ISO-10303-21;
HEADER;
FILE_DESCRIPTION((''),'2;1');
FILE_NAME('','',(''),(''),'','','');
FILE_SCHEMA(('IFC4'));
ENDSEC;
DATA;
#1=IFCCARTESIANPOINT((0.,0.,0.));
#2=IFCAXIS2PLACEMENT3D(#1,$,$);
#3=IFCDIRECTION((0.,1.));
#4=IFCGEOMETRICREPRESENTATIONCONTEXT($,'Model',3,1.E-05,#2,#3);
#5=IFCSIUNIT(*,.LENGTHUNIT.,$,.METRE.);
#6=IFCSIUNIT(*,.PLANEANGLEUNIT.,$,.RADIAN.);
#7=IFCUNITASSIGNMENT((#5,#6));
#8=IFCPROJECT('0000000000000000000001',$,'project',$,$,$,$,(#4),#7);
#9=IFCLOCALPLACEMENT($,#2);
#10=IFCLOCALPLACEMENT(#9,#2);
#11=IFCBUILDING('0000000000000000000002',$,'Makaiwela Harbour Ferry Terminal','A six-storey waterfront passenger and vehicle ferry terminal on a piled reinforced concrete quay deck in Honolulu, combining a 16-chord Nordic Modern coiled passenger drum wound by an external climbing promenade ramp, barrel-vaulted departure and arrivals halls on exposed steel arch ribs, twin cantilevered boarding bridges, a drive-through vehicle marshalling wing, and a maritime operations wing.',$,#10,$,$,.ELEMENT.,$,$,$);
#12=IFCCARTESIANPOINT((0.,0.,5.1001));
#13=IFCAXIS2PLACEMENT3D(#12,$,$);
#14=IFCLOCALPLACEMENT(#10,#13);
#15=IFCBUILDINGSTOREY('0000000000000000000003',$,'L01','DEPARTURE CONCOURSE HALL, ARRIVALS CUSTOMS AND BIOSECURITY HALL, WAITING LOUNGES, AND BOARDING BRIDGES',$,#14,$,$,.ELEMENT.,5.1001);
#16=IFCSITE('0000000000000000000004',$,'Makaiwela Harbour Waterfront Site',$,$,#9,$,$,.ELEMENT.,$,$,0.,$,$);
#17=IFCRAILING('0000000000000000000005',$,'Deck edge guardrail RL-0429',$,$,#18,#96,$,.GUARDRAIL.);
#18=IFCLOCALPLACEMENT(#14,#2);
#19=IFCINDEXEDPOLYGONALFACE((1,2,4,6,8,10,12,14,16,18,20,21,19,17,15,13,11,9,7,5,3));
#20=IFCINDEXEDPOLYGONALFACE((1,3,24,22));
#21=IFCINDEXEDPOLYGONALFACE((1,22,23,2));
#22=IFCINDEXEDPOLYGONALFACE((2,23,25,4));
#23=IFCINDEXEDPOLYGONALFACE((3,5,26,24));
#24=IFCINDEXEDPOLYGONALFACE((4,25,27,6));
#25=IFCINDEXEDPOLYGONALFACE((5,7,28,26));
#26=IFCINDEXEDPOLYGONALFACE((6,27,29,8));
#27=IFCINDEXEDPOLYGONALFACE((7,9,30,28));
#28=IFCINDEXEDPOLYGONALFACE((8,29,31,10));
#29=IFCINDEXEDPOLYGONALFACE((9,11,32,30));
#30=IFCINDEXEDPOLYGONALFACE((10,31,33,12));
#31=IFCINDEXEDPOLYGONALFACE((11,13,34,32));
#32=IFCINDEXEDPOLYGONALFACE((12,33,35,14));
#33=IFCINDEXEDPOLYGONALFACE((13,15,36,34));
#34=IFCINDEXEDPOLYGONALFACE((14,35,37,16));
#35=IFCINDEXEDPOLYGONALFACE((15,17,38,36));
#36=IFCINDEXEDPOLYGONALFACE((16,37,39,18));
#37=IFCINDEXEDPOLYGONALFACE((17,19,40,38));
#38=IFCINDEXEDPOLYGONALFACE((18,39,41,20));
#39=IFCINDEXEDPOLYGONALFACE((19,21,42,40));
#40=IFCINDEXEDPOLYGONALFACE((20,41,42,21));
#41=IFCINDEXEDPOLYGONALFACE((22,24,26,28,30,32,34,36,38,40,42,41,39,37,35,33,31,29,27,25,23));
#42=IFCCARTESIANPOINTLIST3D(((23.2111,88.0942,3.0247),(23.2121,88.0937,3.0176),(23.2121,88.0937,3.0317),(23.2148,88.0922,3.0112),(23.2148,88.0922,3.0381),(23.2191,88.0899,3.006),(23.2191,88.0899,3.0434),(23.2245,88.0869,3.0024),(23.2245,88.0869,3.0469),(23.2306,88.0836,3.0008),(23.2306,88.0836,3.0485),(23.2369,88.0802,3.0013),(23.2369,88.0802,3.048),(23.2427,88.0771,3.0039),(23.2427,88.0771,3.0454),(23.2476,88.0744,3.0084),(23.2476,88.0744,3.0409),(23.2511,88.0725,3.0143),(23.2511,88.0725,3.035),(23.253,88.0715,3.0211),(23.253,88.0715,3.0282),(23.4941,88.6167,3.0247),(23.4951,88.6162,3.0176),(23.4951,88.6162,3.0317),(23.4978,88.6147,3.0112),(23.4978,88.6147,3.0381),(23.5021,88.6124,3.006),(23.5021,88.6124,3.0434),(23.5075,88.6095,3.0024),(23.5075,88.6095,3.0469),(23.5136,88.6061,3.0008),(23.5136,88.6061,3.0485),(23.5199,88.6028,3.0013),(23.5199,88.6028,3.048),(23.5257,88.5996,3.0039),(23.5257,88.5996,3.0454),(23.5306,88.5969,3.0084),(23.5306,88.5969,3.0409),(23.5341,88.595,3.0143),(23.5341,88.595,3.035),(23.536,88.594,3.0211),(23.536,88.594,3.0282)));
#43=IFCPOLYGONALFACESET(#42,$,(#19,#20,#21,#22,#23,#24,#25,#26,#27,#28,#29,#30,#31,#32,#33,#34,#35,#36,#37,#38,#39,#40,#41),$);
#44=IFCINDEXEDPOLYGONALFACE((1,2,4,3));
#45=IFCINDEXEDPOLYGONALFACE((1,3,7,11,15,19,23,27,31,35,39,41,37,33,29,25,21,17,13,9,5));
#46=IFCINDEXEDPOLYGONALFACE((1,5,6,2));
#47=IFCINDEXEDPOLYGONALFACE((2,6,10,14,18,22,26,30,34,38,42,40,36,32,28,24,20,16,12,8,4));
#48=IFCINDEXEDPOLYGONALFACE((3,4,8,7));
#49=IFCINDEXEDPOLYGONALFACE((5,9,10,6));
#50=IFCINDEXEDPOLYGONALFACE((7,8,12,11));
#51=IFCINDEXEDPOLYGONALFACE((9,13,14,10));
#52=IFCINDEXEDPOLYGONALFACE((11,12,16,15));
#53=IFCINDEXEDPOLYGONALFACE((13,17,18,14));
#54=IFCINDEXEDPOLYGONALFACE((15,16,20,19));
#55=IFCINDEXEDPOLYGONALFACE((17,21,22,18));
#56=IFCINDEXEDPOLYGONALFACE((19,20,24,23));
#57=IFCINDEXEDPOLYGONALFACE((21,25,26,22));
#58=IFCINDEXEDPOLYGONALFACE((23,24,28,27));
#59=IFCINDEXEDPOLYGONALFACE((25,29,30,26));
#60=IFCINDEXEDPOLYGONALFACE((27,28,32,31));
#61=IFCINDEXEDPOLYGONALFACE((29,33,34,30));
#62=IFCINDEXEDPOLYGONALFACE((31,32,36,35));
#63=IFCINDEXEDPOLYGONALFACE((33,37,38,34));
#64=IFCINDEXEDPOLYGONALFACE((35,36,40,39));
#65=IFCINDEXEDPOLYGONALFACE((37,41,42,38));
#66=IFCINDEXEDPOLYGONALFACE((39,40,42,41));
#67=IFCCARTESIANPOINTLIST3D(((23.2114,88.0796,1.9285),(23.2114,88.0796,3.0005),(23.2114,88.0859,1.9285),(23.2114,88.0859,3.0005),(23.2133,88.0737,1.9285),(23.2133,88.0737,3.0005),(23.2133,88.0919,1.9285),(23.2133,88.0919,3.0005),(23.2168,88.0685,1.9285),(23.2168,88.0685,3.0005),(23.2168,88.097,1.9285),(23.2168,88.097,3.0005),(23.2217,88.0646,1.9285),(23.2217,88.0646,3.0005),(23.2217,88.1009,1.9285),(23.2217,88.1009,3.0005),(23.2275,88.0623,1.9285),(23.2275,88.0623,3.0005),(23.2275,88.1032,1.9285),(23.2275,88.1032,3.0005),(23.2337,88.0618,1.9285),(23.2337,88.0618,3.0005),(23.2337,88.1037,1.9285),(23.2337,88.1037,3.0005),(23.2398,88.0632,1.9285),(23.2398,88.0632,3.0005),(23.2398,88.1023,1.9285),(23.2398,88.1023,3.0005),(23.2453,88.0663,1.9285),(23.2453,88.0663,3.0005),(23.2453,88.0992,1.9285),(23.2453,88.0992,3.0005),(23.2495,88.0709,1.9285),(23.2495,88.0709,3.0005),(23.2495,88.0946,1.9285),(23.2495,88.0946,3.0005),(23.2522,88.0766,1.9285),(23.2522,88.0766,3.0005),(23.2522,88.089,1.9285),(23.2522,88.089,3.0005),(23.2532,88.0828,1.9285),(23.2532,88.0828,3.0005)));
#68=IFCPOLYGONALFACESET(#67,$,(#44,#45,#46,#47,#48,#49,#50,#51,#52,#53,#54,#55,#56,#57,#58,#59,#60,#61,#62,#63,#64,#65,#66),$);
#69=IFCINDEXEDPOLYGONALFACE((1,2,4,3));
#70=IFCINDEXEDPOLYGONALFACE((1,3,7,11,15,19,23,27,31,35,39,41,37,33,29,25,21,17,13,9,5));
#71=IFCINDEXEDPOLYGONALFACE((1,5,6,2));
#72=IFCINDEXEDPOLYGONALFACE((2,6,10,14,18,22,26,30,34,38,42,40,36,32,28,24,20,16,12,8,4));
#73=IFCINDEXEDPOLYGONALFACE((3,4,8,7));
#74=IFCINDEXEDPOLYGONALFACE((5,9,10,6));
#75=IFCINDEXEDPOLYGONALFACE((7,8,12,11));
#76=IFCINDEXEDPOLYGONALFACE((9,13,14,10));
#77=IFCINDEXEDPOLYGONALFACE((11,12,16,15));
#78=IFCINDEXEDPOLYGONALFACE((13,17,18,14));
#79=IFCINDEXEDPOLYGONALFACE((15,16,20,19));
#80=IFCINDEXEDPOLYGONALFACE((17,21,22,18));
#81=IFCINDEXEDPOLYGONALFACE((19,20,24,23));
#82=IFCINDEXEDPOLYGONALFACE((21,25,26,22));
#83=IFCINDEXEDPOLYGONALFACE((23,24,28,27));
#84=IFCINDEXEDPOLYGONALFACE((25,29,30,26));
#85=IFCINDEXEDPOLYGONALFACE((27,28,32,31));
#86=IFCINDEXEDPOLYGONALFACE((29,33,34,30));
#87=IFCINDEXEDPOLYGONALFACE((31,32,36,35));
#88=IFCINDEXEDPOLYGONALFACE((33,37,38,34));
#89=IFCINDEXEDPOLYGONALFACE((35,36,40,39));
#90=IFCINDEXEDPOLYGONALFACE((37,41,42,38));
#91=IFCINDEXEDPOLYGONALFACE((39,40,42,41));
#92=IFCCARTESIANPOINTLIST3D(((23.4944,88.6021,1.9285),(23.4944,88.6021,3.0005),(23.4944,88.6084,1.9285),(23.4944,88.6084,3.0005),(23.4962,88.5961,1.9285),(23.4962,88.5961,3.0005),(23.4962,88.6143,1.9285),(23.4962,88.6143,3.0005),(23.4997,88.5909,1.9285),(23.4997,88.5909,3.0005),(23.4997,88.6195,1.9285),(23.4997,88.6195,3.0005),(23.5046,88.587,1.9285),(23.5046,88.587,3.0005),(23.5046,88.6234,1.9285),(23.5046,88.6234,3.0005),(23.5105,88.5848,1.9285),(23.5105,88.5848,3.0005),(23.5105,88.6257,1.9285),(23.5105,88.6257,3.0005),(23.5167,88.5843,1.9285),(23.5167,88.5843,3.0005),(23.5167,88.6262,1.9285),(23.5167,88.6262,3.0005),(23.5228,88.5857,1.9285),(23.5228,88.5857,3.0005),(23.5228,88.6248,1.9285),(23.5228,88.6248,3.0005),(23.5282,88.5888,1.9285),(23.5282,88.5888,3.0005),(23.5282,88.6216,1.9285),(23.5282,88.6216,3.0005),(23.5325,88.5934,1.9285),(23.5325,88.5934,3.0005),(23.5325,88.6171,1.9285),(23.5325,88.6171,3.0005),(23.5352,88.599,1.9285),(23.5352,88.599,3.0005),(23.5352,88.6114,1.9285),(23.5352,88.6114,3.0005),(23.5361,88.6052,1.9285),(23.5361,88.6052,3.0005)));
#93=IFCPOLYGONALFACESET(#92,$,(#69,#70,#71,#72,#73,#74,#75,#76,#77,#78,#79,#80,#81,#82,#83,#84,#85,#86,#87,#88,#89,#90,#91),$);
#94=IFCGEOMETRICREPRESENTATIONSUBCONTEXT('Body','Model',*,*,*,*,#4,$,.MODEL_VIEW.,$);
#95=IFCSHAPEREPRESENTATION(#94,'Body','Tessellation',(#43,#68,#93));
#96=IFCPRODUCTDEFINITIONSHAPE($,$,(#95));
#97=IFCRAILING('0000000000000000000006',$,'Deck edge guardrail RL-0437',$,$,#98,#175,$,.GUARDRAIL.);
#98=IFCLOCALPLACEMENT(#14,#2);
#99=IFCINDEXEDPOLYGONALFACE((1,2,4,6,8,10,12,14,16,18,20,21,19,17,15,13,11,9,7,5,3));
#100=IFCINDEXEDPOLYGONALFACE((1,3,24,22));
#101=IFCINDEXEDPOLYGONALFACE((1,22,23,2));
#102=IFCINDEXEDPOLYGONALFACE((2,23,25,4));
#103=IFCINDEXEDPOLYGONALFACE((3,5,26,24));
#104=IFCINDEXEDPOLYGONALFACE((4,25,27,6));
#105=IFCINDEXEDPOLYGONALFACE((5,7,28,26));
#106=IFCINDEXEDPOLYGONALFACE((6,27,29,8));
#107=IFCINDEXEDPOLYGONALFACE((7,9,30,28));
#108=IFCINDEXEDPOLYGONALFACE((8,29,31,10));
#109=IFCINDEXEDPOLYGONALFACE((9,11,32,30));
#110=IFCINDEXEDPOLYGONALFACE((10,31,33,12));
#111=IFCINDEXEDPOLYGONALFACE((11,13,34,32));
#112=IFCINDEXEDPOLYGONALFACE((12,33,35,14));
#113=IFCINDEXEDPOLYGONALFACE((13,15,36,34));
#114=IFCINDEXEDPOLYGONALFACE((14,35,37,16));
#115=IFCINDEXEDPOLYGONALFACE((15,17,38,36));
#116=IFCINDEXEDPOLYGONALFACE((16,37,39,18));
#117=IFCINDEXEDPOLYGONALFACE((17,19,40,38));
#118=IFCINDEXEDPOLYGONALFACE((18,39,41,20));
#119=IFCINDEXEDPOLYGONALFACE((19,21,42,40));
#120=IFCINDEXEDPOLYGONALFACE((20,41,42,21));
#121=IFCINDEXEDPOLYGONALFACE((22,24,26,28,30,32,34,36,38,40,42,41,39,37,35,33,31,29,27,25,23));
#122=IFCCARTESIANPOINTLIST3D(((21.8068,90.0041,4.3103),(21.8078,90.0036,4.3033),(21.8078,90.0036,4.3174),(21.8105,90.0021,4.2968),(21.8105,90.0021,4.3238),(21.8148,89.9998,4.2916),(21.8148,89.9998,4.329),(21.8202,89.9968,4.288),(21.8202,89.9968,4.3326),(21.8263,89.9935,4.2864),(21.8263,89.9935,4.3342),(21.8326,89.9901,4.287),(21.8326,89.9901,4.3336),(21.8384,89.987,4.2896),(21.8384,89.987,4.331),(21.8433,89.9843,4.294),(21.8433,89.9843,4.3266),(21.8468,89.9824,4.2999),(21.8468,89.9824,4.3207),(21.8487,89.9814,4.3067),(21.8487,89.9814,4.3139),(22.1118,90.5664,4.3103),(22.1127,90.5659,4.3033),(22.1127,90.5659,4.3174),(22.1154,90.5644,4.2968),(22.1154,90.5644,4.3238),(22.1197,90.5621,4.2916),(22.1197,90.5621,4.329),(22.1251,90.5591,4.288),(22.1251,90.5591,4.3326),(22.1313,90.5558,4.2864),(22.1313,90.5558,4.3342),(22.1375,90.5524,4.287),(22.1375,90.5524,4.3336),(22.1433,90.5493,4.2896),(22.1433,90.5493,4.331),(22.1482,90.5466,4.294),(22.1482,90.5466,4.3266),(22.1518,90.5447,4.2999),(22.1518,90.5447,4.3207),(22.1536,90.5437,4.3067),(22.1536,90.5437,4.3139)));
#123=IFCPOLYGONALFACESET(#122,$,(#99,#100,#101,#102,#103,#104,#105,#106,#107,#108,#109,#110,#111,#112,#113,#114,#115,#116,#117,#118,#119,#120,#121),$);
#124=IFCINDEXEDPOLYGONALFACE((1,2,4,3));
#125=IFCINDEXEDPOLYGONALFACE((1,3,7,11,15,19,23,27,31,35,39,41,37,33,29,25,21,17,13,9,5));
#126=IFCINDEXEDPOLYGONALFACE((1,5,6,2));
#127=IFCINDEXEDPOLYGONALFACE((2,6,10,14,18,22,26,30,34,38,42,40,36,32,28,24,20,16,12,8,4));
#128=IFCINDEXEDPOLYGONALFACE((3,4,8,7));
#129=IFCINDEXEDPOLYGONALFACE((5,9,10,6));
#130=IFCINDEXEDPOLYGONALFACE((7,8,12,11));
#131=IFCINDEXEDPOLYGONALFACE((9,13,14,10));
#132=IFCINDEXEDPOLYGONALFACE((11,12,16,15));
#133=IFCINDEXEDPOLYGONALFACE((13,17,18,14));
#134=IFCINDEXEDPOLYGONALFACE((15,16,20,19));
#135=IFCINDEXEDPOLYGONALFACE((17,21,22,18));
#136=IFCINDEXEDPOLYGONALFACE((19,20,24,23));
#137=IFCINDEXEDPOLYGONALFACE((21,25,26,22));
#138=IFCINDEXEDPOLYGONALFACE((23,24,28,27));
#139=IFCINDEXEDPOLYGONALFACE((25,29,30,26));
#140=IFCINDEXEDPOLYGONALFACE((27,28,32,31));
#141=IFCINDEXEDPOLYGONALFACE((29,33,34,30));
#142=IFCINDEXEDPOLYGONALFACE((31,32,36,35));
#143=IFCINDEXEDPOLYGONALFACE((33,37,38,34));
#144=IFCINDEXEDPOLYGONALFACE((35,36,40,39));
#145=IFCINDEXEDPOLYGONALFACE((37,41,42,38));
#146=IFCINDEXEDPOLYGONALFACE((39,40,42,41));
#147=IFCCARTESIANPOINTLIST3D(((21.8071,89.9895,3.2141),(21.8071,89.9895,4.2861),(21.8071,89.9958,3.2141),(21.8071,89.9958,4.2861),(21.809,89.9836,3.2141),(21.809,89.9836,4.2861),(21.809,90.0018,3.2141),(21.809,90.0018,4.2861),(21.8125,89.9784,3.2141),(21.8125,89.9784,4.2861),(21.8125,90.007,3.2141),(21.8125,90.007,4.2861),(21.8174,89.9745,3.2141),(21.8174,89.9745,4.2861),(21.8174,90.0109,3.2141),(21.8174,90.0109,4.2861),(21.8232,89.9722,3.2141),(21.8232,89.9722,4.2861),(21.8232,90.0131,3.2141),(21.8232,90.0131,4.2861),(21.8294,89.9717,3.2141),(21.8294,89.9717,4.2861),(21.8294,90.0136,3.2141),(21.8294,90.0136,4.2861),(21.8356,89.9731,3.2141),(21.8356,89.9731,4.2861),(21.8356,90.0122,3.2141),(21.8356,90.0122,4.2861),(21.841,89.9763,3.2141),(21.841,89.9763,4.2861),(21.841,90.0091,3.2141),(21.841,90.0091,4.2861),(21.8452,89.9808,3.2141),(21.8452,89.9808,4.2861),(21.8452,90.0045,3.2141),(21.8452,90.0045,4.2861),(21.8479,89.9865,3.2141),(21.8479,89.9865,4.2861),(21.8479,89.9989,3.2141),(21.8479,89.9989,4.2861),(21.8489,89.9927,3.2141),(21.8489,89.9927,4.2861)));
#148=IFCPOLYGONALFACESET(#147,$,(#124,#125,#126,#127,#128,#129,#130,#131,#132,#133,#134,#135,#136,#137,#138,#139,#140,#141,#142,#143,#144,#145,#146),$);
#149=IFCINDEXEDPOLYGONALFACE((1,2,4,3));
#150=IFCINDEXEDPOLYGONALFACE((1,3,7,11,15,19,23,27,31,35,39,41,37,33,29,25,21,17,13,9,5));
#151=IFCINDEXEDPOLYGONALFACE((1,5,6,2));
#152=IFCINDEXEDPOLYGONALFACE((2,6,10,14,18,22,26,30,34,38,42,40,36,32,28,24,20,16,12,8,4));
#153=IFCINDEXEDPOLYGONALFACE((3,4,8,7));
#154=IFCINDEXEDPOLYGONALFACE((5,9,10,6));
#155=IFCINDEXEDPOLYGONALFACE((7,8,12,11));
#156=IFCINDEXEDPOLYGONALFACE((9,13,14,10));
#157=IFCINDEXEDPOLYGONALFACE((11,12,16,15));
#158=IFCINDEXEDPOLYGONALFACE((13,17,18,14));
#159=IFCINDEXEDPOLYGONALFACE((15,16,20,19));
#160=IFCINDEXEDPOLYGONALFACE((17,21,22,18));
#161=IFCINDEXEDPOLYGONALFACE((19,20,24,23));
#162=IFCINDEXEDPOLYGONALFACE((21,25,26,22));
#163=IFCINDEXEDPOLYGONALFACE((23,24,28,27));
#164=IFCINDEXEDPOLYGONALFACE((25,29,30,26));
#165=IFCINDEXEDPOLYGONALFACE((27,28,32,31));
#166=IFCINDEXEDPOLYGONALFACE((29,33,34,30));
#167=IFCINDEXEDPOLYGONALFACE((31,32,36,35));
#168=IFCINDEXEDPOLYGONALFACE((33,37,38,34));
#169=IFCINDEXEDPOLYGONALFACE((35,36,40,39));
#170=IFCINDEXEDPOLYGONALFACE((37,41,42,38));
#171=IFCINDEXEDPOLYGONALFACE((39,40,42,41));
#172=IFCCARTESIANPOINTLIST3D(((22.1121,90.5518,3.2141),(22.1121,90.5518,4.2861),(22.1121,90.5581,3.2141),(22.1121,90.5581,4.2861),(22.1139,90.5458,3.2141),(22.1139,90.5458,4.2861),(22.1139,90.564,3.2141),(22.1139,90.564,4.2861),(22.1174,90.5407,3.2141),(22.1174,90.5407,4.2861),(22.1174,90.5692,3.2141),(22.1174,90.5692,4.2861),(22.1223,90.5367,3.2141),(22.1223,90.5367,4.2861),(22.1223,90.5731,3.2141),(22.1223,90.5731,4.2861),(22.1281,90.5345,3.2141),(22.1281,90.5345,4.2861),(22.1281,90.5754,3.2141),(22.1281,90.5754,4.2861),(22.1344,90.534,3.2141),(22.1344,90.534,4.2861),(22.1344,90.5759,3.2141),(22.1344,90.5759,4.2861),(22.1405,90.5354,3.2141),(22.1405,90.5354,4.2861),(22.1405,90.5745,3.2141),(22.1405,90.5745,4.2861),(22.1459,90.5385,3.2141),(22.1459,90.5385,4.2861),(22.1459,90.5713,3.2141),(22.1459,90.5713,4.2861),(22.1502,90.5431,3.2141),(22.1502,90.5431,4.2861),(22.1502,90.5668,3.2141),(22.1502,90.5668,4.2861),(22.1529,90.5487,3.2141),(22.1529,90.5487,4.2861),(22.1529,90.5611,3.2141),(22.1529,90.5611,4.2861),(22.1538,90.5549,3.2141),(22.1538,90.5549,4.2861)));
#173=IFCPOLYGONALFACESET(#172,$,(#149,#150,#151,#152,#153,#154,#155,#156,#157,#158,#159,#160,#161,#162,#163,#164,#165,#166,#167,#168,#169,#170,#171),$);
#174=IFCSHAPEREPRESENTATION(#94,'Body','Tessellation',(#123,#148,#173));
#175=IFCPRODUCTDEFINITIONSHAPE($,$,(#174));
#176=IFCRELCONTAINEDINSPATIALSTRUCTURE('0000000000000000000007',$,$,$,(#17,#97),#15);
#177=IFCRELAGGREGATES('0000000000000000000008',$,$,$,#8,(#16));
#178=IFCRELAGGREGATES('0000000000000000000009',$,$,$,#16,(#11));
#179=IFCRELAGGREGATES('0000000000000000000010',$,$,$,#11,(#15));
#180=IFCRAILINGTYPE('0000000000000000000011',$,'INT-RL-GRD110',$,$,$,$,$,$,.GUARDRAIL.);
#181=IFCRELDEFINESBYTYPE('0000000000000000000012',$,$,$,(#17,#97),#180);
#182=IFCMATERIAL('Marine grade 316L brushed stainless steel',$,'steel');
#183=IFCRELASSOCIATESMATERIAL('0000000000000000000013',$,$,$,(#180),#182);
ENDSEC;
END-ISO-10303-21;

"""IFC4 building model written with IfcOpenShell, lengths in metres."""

from ifc_helpers import new_model, si_unit, direction, frame, origin, origin_2d, place, context, subcontext, project, spatial, circle, extrude, material, type_object, element, save


model = new_model("IFC4")

# Units and contexts
model_context = context("Model", 3, precision=1e-05, world=origin(), true_north=direction((0.0, 1.0)))
body_context = subcontext(model_context, "Body", "Model", "MODEL_VIEW")
ifc_project = project(units=[si_unit("LENGTHUNIT", "METRE"), si_unit("PLANEANGLEUNIT", "RADIAN")], contexts=[model_context])

# Site, building, storey
site_placement = place(None, origin())
site = spatial("IfcSite", under=ifc_project, at=site_placement, Name="Makaiwela Harbour Waterfront Site", CompositionType="ELEMENT", RefElevation=0.0)
building_placement = place(site_placement, origin())
building = spatial("IfcBuilding", under=site, at=building_placement, Name="Makaiwela Harbour Ferry Terminal", Description="A six-storey waterfront passenger and vehicle ferry terminal on a piled reinforced concrete quay deck in Honolulu, combining a 16-chord Nordic Modern coiled passenger drum wound by an external climbing promenade ramp, barrel-vaulted departure and arrivals halls on exposed steel arch ribs, twin cantilevered boarding bridges, a drive-through vehicle marshalling wing, and a maritime operations wing.", CompositionType="ELEMENT")
storey_placement = place(building_placement, frame((0.0, 0.0, 5.1001)))
storey = spatial("IfcBuildingStorey", under=building, at=storey_placement, Name="L01", Description="DEPARTURE CONCOURSE HALL, ARRIVALS CUSTOMS AND BIOSECURITY HALL, WAITING LOUNGES, AND BOARDING BRIDGES", CompositionType="ELEMENT", Elevation=5.1001)

# Railings
ifc_material_1 = material(Name="Marine grade 316L brushed stainless steel", Category="steel")
railing_type_1 = type_object("IfcRailingType", Name="INT-RL-GRD110", PredefinedType="GUARDRAIL", material=ifc_material_1)
railing_1_placement = place(storey_placement, frame((23.2322, 88.0828, 1.9285)))
element("IfcRailing", 1, at=railing_1_placement, inside=storey, type_object=railing_type_1, Name="Deck edge guardrail RL-0429", PredefinedType="GUARDRAIL", context=body_context, shape_type="SweptSolid", body=[
    extrude(circle(Radius=0.0239, at=origin_2d()), frame((0.0, 0.0, 1.0962), z_axis=(0.47623, 0.879321, 0.0), x_axis=(-0.879321, 0.47623, 0.0)), (0.0, 0.0, 1.0), 0.5942),
    extrude(circle(Radius=0.021, at=origin_2d()), origin(), (0.0, 0.0, 1.0), 1.072),
    extrude(circle(Radius=0.021, at=origin_2d()), frame((0.283, 0.5225, 0.0)), (0.0, 0.0, 1.0), 1.072),
])
railing_2_placement = place(storey_placement, frame((21.8279, 89.9927, 3.2141)))
element("IfcRailing", 2, at=railing_2_placement, inside=storey, type_object=railing_type_1, Name="Deck edge guardrail RL-0437", PredefinedType="GUARDRAIL", context=body_context, shape_type="SweptSolid", body=[
    extrude(circle(Radius=0.0239, at=origin_2d()), frame((0.0, 0.0, 1.0962), z_axis=(0.476738, 0.879045, 0.0), x_axis=(-0.879045, 0.476738, 0.0)), (0.0, 0.0, 1.0), 0.6396),
    extrude(circle(Radius=0.021, at=origin_2d()), origin(), (0.0, 0.0, 1.0), 1.072),
    extrude(circle(Radius=0.021, at=origin_2d()), frame((0.3049, 0.5623, 0.0)), (0.0, 0.0, 1.0), 1.072),
])

save(model, "model.ifc")
